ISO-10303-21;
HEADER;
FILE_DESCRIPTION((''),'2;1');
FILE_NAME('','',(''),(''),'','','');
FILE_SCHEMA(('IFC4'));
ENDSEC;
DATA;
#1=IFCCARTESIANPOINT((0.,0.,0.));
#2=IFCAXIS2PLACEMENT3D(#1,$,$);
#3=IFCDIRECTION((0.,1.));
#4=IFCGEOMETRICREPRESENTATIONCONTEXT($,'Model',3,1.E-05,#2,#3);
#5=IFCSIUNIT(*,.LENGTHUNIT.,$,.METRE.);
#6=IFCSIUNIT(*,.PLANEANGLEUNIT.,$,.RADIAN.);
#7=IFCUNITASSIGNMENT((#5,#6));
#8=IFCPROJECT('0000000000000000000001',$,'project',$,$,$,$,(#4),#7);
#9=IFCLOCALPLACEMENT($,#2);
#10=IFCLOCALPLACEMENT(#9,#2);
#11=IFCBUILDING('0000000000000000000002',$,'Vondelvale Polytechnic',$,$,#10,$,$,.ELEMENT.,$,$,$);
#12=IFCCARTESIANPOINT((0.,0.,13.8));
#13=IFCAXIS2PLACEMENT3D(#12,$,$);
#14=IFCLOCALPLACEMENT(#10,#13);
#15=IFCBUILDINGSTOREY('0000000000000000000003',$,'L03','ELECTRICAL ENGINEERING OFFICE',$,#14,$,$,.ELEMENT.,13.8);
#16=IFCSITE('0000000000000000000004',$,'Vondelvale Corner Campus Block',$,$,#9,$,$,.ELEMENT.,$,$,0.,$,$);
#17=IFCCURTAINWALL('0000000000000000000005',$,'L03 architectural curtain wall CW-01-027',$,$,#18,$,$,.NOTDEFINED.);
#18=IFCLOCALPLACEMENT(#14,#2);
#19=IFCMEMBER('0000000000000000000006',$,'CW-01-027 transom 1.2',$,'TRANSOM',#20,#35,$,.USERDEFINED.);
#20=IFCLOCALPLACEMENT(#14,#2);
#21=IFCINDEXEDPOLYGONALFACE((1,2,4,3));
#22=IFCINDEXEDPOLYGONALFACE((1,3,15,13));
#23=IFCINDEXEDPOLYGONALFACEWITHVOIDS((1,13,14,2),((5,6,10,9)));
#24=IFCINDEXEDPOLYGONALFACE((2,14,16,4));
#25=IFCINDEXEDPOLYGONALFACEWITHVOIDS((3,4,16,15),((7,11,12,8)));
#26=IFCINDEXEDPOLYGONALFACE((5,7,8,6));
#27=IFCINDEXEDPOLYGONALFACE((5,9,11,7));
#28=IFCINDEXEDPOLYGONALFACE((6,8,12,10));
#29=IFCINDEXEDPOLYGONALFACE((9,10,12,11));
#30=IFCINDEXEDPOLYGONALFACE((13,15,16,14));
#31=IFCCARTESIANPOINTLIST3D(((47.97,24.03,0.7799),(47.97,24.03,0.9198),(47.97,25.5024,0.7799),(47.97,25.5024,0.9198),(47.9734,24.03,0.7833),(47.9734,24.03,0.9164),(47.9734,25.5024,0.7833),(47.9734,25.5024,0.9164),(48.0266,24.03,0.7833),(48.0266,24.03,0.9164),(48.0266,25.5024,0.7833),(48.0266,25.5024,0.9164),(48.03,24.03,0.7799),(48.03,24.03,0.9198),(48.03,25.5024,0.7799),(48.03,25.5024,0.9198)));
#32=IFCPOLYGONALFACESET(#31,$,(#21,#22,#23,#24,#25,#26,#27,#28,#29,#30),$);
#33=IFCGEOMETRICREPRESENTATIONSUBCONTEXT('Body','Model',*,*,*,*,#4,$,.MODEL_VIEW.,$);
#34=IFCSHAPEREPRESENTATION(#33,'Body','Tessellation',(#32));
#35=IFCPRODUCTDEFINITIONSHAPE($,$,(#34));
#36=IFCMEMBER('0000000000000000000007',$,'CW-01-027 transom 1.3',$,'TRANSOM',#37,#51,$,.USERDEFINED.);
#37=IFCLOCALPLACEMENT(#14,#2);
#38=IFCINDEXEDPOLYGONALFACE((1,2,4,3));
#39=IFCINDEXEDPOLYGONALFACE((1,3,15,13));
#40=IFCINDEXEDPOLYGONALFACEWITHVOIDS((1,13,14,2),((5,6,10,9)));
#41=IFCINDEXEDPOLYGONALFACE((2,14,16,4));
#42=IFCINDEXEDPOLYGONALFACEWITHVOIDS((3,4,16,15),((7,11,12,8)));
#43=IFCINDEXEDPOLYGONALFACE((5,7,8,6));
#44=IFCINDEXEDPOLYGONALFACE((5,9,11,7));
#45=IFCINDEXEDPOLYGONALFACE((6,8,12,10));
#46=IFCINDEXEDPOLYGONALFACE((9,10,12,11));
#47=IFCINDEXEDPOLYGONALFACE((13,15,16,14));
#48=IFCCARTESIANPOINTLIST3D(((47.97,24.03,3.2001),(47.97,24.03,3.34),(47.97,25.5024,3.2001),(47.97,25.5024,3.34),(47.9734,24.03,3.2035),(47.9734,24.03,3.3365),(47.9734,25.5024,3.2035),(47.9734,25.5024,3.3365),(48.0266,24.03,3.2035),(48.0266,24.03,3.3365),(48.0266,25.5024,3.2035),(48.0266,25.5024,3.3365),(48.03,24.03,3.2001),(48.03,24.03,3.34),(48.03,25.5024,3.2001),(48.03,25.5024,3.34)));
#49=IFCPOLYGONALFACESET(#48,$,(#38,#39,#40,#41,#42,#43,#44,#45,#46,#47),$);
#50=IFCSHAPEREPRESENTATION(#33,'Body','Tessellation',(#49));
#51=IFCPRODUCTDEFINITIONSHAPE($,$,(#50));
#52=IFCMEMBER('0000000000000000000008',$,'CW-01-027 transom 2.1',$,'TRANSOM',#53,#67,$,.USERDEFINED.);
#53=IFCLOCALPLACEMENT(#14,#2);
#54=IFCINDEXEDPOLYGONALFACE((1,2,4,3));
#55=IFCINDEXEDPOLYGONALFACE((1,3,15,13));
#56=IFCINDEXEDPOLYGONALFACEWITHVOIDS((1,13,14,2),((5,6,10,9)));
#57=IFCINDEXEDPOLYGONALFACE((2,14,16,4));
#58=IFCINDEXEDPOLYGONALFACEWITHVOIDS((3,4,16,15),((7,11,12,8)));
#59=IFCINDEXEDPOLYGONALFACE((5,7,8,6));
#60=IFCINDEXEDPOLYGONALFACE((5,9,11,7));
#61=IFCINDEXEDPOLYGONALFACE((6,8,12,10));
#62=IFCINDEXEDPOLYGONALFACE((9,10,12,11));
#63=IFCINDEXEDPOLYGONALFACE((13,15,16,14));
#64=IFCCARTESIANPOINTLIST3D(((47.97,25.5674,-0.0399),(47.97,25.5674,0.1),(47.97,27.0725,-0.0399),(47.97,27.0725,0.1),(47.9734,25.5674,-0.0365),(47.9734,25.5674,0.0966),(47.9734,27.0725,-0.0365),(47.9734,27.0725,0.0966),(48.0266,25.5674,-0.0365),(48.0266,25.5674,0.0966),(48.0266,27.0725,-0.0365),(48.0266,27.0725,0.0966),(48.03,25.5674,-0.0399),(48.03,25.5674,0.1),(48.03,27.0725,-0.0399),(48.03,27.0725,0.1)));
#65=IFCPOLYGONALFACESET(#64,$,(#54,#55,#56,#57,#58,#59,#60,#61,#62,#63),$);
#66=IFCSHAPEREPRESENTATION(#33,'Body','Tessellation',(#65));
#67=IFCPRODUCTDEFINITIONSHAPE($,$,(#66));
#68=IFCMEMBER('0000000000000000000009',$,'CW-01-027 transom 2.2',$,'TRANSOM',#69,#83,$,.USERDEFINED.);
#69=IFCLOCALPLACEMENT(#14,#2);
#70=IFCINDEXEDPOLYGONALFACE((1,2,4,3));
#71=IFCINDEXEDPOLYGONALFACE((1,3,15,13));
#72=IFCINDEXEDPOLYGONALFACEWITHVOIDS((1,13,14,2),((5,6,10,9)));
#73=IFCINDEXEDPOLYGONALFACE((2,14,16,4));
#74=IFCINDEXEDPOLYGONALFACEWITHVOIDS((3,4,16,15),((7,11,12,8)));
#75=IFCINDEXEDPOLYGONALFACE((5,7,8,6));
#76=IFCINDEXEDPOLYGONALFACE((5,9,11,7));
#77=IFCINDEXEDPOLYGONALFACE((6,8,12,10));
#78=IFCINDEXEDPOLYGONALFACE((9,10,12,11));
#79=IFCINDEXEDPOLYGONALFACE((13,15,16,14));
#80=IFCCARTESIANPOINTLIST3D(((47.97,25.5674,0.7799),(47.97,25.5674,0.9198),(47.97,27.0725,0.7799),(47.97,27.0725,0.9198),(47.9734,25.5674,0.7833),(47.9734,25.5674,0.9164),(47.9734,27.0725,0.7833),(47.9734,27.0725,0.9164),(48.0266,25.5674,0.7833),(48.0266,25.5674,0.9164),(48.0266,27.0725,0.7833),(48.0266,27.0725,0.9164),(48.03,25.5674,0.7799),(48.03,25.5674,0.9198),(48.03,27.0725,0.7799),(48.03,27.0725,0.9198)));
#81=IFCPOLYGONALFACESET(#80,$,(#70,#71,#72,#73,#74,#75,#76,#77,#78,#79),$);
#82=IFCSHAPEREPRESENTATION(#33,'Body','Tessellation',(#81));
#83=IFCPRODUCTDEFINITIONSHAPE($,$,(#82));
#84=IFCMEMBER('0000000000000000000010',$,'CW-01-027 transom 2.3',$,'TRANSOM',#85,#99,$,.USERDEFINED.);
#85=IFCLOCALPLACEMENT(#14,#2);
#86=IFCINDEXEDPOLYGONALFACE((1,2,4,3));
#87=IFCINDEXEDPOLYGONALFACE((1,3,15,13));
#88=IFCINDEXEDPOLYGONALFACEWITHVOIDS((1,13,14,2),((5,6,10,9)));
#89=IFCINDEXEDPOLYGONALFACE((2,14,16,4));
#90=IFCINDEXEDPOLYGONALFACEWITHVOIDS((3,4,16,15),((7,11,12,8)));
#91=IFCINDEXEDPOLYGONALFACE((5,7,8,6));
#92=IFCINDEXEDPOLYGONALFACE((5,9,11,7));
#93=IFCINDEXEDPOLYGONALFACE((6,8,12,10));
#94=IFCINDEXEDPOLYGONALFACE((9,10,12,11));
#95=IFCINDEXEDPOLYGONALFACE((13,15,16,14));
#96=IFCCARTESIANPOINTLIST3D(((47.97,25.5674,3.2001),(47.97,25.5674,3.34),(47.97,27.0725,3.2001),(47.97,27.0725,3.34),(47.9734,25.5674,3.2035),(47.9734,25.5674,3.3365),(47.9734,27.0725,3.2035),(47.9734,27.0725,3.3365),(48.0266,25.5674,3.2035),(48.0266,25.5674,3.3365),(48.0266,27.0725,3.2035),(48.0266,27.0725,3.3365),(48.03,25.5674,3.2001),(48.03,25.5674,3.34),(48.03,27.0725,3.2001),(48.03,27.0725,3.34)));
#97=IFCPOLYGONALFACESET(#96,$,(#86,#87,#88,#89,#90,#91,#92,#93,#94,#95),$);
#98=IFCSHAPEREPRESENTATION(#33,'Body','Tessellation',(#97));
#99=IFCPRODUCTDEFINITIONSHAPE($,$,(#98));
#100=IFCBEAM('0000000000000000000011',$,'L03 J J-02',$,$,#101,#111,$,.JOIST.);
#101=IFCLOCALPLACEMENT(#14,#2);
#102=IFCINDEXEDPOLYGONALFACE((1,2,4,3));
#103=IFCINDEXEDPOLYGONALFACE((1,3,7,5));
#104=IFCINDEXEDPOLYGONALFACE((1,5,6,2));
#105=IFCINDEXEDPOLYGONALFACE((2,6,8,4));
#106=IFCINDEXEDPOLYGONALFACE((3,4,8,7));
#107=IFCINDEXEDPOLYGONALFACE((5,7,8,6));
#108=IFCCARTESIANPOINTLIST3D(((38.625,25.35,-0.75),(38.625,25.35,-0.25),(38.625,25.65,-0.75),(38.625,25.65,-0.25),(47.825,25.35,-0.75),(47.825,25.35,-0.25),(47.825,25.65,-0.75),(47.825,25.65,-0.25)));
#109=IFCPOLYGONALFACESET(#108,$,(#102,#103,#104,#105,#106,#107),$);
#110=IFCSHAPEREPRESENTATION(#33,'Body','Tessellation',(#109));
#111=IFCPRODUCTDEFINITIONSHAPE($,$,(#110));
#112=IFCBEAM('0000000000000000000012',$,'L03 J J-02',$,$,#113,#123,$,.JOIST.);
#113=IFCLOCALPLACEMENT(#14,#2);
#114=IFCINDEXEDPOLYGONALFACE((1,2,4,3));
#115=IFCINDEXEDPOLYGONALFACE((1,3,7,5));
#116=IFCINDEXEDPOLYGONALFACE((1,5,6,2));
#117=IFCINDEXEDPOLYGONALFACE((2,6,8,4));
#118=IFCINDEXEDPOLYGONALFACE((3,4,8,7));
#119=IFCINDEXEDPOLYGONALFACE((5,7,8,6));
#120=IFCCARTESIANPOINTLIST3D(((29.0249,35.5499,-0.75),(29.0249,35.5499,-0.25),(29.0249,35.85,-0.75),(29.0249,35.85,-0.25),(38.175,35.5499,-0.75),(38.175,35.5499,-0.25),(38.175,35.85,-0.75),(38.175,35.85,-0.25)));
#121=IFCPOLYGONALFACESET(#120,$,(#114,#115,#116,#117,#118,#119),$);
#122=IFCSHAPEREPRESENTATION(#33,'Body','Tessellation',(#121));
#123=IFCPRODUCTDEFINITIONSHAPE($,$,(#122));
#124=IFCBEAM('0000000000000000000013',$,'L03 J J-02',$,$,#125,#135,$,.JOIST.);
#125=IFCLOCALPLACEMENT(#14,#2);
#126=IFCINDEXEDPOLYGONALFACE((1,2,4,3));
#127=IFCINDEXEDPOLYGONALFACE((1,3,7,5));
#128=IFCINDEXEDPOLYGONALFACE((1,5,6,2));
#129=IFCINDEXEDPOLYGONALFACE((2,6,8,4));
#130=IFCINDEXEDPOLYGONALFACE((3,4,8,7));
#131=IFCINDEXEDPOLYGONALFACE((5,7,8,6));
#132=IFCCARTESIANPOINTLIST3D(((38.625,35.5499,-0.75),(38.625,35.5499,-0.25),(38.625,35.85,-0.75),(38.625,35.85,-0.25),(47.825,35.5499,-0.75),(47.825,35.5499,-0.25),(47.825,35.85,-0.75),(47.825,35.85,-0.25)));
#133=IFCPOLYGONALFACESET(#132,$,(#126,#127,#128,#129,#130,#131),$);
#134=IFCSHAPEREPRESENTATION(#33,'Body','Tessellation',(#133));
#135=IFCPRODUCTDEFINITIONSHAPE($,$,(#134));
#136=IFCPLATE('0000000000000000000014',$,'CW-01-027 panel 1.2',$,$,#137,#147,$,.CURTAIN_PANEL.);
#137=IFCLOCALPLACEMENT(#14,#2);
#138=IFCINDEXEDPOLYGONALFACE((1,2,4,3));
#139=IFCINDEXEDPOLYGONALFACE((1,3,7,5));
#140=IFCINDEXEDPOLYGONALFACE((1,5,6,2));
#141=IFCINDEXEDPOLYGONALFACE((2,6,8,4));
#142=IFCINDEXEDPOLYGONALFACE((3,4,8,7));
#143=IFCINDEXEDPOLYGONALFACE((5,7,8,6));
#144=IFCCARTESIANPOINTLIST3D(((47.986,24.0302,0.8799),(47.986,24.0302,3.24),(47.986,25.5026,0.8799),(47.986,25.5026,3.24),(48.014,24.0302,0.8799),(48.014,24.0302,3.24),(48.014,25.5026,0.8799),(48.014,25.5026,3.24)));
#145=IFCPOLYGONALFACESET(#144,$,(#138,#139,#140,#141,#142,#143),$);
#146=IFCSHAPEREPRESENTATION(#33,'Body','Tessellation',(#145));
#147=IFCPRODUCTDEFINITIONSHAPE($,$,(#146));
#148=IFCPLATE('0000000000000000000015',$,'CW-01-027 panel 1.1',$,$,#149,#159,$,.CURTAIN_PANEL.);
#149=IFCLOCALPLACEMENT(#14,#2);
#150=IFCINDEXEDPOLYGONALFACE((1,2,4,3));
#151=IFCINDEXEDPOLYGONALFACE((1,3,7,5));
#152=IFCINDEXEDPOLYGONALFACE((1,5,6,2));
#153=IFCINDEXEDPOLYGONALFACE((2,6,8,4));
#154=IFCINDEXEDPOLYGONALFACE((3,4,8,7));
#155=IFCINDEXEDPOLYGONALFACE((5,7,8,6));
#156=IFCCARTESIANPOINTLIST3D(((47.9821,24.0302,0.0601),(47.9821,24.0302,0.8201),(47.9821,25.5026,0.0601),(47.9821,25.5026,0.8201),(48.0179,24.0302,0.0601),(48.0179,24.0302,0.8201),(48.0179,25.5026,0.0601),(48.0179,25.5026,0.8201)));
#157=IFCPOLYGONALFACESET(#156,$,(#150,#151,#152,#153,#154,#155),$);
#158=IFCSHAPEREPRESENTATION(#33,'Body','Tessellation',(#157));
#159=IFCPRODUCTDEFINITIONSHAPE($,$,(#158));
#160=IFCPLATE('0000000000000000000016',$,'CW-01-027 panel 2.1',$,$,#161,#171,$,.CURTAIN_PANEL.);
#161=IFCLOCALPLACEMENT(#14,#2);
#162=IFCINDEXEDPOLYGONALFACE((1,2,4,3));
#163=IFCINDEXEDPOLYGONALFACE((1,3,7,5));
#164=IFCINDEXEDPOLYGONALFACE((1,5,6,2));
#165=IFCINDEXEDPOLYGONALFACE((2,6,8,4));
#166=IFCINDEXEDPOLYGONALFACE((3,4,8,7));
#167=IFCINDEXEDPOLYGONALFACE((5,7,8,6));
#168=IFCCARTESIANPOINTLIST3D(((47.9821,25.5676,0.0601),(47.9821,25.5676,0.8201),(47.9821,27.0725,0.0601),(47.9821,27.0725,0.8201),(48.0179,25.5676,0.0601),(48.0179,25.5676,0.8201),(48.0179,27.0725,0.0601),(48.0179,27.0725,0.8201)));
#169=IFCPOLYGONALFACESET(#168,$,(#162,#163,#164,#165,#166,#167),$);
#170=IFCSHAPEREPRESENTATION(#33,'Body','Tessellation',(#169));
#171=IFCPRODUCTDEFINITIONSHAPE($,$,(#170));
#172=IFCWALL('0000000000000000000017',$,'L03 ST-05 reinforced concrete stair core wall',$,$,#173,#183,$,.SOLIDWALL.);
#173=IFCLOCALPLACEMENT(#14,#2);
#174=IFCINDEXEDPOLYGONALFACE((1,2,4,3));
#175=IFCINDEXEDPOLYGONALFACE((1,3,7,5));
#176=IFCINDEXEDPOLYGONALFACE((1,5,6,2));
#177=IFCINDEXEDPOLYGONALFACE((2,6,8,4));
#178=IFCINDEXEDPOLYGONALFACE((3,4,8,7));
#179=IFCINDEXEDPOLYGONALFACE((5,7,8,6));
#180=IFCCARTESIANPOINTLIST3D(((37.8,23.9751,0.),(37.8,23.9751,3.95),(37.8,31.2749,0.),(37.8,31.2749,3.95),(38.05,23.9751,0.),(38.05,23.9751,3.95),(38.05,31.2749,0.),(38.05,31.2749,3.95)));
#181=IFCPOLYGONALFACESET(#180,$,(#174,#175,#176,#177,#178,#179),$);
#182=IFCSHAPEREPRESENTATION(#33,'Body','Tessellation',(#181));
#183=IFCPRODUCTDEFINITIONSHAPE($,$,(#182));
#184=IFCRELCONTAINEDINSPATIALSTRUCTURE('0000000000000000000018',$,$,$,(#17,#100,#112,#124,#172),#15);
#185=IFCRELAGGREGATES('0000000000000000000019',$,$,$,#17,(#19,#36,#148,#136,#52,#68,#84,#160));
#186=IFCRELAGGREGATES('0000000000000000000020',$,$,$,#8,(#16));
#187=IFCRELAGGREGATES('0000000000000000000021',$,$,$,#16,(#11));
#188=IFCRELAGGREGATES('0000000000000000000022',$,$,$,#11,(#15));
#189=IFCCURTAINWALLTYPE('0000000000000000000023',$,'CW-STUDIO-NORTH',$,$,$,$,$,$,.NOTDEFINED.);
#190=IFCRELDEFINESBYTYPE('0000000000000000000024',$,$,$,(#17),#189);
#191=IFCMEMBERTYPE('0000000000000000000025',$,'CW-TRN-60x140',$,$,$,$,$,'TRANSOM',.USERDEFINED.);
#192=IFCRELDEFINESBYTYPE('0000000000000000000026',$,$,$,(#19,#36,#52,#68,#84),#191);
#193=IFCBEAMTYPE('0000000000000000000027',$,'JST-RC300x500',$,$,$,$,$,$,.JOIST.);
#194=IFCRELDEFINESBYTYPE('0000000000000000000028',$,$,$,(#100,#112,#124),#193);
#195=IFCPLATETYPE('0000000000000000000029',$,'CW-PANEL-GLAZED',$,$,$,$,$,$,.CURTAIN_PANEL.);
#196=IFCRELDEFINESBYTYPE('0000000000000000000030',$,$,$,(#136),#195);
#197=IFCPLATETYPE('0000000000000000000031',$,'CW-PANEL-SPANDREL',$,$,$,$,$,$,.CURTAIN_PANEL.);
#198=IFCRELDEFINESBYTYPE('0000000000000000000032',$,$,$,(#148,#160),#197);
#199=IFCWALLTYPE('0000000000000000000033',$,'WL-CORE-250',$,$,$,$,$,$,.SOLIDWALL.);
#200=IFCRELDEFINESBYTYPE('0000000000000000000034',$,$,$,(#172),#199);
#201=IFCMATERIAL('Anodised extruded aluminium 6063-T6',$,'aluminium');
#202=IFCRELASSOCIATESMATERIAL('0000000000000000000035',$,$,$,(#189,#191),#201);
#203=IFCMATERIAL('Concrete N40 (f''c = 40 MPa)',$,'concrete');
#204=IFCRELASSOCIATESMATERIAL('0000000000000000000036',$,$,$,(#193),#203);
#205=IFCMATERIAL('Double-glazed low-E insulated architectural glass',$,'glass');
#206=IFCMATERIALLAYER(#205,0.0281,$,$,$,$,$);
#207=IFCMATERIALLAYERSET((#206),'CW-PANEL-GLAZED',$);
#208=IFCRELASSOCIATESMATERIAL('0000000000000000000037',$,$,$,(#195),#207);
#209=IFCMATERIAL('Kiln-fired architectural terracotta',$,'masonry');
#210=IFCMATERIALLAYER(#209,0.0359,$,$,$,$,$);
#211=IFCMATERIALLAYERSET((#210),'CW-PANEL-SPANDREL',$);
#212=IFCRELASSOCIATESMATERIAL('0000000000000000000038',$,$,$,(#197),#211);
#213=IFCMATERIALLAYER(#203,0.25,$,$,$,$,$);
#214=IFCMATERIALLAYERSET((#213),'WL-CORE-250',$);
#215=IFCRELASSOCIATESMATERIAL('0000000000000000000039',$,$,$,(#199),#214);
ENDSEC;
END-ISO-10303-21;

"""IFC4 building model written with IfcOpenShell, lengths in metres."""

from ifc_helpers import new_model, si_unit, direction, frame, frame_2d, origin, origin_2d, place, context, subcontext, project, spatial, rectangle, hollow_rectangle, extrude, material, layer, layer_set, material_profile, profile_set, type_object, element, aggregate, save


model = new_model("IFC4")

# Units and contexts
model_context = context("Model", 3, precision=1e-05, world=origin(), true_north=direction((0.0, 1.0)))
body_context = subcontext(model_context, "Body", "Model", "MODEL_VIEW")
ifc_project = project(units=[si_unit("LENGTHUNIT", "METRE"), si_unit("PLANEANGLEUNIT", "RADIAN")], contexts=[model_context])

# Site, building, storey
site_placement = place(None, origin())
site = spatial("IfcSite", under=ifc_project, at=site_placement, Name="Vondelvale Corner Campus Block", CompositionType="ELEMENT", RefElevation=0.0)
building_placement = place(site_placement, origin())
building = spatial("IfcBuilding", under=site, at=building_placement, Name="Vondelvale Polytechnic", CompositionType="ELEMENT")
storey_placement = place(building_placement, frame((0.0, 0.0, 13.8)))
storey = spatial("IfcBuildingStorey", under=building, at=storey_placement, Name="L03", Description="ELECTRICAL ENGINEERING OFFICE", CompositionType="ELEMENT", Elevation=13.8)

# Shared definitions
ifc_material_1 = material(Name="Concrete N40 (f'c = 40 MPa)", Category="concrete")

# Curtain wall, members
ifc_material_2 = material(Name="Anodised extruded aluminium 6063-T6", Category="aluminium")
curtain_wall_type = type_object("IfcCurtainWallType", Name="CW-STUDIO-NORTH", PredefinedType="NOTDEFINED", material=ifc_material_2)
curtain_wall_placement = place(storey_placement, origin())
curtain_wall = element("IfcCurtainWall", 1, at=curtain_wall_placement, inside=storey, type_object=curtain_wall_type, Name="L03 architectural curtain wall CW-01-027", PredefinedType="NOTDEFINED")
ifc_material_profile_1 = material_profile(ifc_material_2, hollow_rectangle(XDim=0.0601, YDim=0.1399, WallThickness=0.0034, at=origin_2d()), Name="CW-TRN-140x60")
ifc_profile_set_1 = profile_set([ifc_material_profile_1], Name="Anodised extruded aluminium 6063-T6")
member_type_1 = type_object("IfcMemberType", Name="CW-TRN-60x140", ElementType="TRANSOM", PredefinedType="USERDEFINED", material=ifc_profile_set_1)
member_1_placement = place(storey_placement, frame((48.0, 24.03, 0.8499), z_axis=(0.0, 1.0, 0.0), x_axis=(-1.0, 0.0, 0.0)))
member_1 = element("IfcMember", 2, at=member_1_placement, type_object=member_type_1, Name="CW-01-027 transom 1.2", ObjectType="TRANSOM", PredefinedType="USERDEFINED", context=body_context, shape_type="SweptSolid", body=[
    extrude(hollow_rectangle(XDim=0.0601, YDim=0.1399, WallThickness=0.0034, at=origin_2d()), origin(), (0.0, 0.0, 1.0), 1.4724),
])
member_2_placement = place(storey_placement, frame((48.0, 24.03, 3.27), z_axis=(0.0, 1.0, 0.0), x_axis=(-1.0, 0.0, 0.0)))
member_2 = element("IfcMember", 3, at=member_2_placement, type_object=member_type_1, Name="CW-01-027 transom 1.3", ObjectType="TRANSOM", PredefinedType="USERDEFINED", context=body_context, shape_type="SweptSolid", body=[
    extrude(hollow_rectangle(XDim=0.0601, YDim=0.1399, WallThickness=0.0034, at=origin_2d()), origin(), (0.0, 0.0, 1.0), 1.4724),
])
member_3_placement = place(storey_placement, frame((48.0, 25.5674, 0.03), z_axis=(0.0, 1.0, 0.0), x_axis=(-1.0, 0.0, 0.0)))
member_3 = element("IfcMember", 4, at=member_3_placement, type_object=member_type_1, Name="CW-01-027 transom 2.1", ObjectType="TRANSOM", PredefinedType="USERDEFINED", context=body_context, shape_type="SweptSolid", body=[
    extrude(hollow_rectangle(XDim=0.0601, YDim=0.1399, WallThickness=0.0034, at=origin_2d()), origin(), (0.0, 0.0, 1.0), 1.5051),
])
member_4_placement = place(storey_placement, frame((48.0, 25.5674, 0.8499), z_axis=(0.0, 1.0, 0.0), x_axis=(-1.0, 0.0, 0.0)))
member_4 = element("IfcMember", 5, at=member_4_placement, type_object=member_type_1, Name="CW-01-027 transom 2.2", ObjectType="TRANSOM", PredefinedType="USERDEFINED", context=body_context, shape_type="SweptSolid", body=[
    extrude(hollow_rectangle(XDim=0.0601, YDim=0.1399, WallThickness=0.0034, at=origin_2d()), origin(), (0.0, 0.0, 1.0), 1.5051),
])
member_5_placement = place(storey_placement, frame((48.0, 25.5674, 3.27), z_axis=(0.0, 1.0, 0.0), x_axis=(-1.0, 0.0, 0.0)))
member_5 = element("IfcMember", 6, at=member_5_placement, type_object=member_type_1, Name="CW-01-027 transom 2.3", ObjectType="TRANSOM", PredefinedType="USERDEFINED", context=body_context, shape_type="SweptSolid", body=[
    extrude(hollow_rectangle(XDim=0.0601, YDim=0.1399, WallThickness=0.0034, at=origin_2d()), origin(), (0.0, 0.0, 1.0), 1.5051),
])

# Beams
ifc_material_profile_2 = material_profile(ifc_material_1, rectangle(XDim=0.3, YDim=0.5, at=origin_2d()), Name="RC-JST-300x500")
ifc_profile_set_2 = profile_set([ifc_material_profile_2], Name="Concrete N40 (f'c = 40 MPa)")
beam_type_1 = type_object("IfcBeamType", Name="JST-RC300x500", PredefinedType="JOIST", material=ifc_profile_set_2)
beam_1_placement = place(storey_placement, frame((38.625, 25.5, -0.5), z_axis=(1.0, 0.0, 0.0), x_axis=(0.0, 1.0, 0.0)))
element("IfcBeam", 7, at=beam_1_placement, inside=storey, type_object=beam_type_1, Name="L03 J J-02", PredefinedType="JOIST", context=body_context, shape_type="SweptSolid", body=[
    extrude(rectangle(XDim=0.3, YDim=0.5, at=origin_2d()), origin(), (0.0, 0.0, 1.0), 9.2),
])
beam_2_placement = place(storey_placement, frame((29.0249, 35.7, -0.5), z_axis=(1.0, 0.0, 0.0), x_axis=(0.0, 1.0, 0.0)))
element("IfcBeam", 8, at=beam_2_placement, inside=storey, type_object=beam_type_1, Name="L03 J J-02", PredefinedType="JOIST", context=body_context, shape_type="SweptSolid", body=[
    extrude(rectangle(XDim=0.3, YDim=0.5, at=origin_2d()), origin(), (0.0, 0.0, 1.0), 9.1501),
])
beam_3_placement = place(storey_placement, frame((38.625, 35.7, -0.5), z_axis=(1.0, 0.0, 0.0), x_axis=(0.0, 1.0, 0.0)))
element("IfcBeam", 9, at=beam_3_placement, inside=storey, type_object=beam_type_1, Name="L03 J J-02", PredefinedType="JOIST", context=body_context, shape_type="SweptSolid", body=[
    extrude(rectangle(XDim=0.3, YDim=0.5, at=origin_2d()), origin(), (0.0, 0.0, 1.0), 9.2),
])

# Plates
ifc_material_3 = material(Name="Double-glazed low-E insulated architectural glass", Category="glass")
ifc_layer_1 = layer(ifc_material_3, 0.0281)
ifc_layer_set_1 = layer_set([ifc_layer_1], Name="CW-PANEL-GLAZED")
plate_type_1 = type_object("IfcPlateType", Name="CW-PANEL-GLAZED", PredefinedType="CURTAIN_PANEL", material=ifc_layer_set_1)
plate_1_placement = place(storey_placement, frame((48.0, 24.7664, 0.8799), z_axis=(0.0, 0.0, 1.0), x_axis=(0.0, 1.0, 0.0)))
plate_1 = element("IfcPlate", 10, at=plate_1_placement, type_object=plate_type_1, Name="CW-01-027 panel 1.2", PredefinedType="CURTAIN_PANEL", context=body_context, shape_type="SweptSolid", body=[
    extrude(rectangle(XDim=1.4724, YDim=0.0281, at=origin_2d()), origin(), (0.0, 0.0, 1.0), 2.3601),
])
ifc_material_4 = material(Name="Kiln-fired architectural terracotta", Category="masonry")
ifc_layer_2 = layer(ifc_material_4, 0.0359)
ifc_layer_set_2 = layer_set([ifc_layer_2], Name="CW-PANEL-SPANDREL")
plate_type_2 = type_object("IfcPlateType", Name="CW-PANEL-SPANDREL", PredefinedType="CURTAIN_PANEL", material=ifc_layer_set_2)
plate_2_placement = place(storey_placement, frame((48.0, 24.7664, 0.0601), z_axis=(0.0, 0.0, 1.0), x_axis=(0.0, 1.0, 0.0)))
plate_2 = element("IfcPlate", 11, at=plate_2_placement, type_object=plate_type_2, Name="CW-01-027 panel 1.1", PredefinedType="CURTAIN_PANEL", context=body_context, shape_type="SweptSolid", body=[
    extrude(rectangle(XDim=1.4724, YDim=0.0359, at=origin_2d()), origin(), (0.0, 0.0, 1.0), 0.76),
])
plate_3_placement = place(storey_placement, frame((48.0, 26.3201, 0.0601), z_axis=(0.0, 0.0, 1.0), x_axis=(0.0, 1.0, 0.0)))
plate_3 = element("IfcPlate", 12, at=plate_3_placement, type_object=plate_type_2, Name="CW-01-027 panel 2.1", PredefinedType="CURTAIN_PANEL", context=body_context, shape_type="SweptSolid", body=[
    extrude(rectangle(XDim=1.5049, YDim=0.0359, at=origin_2d()), origin(), (0.0, 0.0, 1.0), 0.76),
])
aggregate(curtain_wall, [member_1, member_2, plate_2, plate_1, member_3, member_4, member_5, plate_3])

# Wall
ifc_layer_3 = layer(ifc_material_1, 0.25)
ifc_layer_set_3 = layer_set([ifc_layer_3], Name="WL-CORE-250")
wall_type_1 = type_object("IfcWallType", Name="WL-CORE-250", PredefinedType="SOLIDWALL", material=ifc_layer_set_3)
wall_1_placement = place(storey_placement, frame((37.925, 23.9751, 0.0), z_axis=(0.0, 0.0, 1.0), x_axis=(0.0, 1.0, 0.0)))
element("IfcWall", 13, at=wall_1_placement, inside=storey, type_object=wall_type_1, Name="L03 ST-05 reinforced concrete stair core wall", PredefinedType="SOLIDWALL", context=body_context, shape_type="SweptSolid", body=[
    extrude(rectangle(XDim=7.2998, YDim=0.25, at=frame_2d((3.6499, 0.0))), origin(), (0.0, 0.0, 1.0), 3.95),
])

save(model, "model.ifc")
